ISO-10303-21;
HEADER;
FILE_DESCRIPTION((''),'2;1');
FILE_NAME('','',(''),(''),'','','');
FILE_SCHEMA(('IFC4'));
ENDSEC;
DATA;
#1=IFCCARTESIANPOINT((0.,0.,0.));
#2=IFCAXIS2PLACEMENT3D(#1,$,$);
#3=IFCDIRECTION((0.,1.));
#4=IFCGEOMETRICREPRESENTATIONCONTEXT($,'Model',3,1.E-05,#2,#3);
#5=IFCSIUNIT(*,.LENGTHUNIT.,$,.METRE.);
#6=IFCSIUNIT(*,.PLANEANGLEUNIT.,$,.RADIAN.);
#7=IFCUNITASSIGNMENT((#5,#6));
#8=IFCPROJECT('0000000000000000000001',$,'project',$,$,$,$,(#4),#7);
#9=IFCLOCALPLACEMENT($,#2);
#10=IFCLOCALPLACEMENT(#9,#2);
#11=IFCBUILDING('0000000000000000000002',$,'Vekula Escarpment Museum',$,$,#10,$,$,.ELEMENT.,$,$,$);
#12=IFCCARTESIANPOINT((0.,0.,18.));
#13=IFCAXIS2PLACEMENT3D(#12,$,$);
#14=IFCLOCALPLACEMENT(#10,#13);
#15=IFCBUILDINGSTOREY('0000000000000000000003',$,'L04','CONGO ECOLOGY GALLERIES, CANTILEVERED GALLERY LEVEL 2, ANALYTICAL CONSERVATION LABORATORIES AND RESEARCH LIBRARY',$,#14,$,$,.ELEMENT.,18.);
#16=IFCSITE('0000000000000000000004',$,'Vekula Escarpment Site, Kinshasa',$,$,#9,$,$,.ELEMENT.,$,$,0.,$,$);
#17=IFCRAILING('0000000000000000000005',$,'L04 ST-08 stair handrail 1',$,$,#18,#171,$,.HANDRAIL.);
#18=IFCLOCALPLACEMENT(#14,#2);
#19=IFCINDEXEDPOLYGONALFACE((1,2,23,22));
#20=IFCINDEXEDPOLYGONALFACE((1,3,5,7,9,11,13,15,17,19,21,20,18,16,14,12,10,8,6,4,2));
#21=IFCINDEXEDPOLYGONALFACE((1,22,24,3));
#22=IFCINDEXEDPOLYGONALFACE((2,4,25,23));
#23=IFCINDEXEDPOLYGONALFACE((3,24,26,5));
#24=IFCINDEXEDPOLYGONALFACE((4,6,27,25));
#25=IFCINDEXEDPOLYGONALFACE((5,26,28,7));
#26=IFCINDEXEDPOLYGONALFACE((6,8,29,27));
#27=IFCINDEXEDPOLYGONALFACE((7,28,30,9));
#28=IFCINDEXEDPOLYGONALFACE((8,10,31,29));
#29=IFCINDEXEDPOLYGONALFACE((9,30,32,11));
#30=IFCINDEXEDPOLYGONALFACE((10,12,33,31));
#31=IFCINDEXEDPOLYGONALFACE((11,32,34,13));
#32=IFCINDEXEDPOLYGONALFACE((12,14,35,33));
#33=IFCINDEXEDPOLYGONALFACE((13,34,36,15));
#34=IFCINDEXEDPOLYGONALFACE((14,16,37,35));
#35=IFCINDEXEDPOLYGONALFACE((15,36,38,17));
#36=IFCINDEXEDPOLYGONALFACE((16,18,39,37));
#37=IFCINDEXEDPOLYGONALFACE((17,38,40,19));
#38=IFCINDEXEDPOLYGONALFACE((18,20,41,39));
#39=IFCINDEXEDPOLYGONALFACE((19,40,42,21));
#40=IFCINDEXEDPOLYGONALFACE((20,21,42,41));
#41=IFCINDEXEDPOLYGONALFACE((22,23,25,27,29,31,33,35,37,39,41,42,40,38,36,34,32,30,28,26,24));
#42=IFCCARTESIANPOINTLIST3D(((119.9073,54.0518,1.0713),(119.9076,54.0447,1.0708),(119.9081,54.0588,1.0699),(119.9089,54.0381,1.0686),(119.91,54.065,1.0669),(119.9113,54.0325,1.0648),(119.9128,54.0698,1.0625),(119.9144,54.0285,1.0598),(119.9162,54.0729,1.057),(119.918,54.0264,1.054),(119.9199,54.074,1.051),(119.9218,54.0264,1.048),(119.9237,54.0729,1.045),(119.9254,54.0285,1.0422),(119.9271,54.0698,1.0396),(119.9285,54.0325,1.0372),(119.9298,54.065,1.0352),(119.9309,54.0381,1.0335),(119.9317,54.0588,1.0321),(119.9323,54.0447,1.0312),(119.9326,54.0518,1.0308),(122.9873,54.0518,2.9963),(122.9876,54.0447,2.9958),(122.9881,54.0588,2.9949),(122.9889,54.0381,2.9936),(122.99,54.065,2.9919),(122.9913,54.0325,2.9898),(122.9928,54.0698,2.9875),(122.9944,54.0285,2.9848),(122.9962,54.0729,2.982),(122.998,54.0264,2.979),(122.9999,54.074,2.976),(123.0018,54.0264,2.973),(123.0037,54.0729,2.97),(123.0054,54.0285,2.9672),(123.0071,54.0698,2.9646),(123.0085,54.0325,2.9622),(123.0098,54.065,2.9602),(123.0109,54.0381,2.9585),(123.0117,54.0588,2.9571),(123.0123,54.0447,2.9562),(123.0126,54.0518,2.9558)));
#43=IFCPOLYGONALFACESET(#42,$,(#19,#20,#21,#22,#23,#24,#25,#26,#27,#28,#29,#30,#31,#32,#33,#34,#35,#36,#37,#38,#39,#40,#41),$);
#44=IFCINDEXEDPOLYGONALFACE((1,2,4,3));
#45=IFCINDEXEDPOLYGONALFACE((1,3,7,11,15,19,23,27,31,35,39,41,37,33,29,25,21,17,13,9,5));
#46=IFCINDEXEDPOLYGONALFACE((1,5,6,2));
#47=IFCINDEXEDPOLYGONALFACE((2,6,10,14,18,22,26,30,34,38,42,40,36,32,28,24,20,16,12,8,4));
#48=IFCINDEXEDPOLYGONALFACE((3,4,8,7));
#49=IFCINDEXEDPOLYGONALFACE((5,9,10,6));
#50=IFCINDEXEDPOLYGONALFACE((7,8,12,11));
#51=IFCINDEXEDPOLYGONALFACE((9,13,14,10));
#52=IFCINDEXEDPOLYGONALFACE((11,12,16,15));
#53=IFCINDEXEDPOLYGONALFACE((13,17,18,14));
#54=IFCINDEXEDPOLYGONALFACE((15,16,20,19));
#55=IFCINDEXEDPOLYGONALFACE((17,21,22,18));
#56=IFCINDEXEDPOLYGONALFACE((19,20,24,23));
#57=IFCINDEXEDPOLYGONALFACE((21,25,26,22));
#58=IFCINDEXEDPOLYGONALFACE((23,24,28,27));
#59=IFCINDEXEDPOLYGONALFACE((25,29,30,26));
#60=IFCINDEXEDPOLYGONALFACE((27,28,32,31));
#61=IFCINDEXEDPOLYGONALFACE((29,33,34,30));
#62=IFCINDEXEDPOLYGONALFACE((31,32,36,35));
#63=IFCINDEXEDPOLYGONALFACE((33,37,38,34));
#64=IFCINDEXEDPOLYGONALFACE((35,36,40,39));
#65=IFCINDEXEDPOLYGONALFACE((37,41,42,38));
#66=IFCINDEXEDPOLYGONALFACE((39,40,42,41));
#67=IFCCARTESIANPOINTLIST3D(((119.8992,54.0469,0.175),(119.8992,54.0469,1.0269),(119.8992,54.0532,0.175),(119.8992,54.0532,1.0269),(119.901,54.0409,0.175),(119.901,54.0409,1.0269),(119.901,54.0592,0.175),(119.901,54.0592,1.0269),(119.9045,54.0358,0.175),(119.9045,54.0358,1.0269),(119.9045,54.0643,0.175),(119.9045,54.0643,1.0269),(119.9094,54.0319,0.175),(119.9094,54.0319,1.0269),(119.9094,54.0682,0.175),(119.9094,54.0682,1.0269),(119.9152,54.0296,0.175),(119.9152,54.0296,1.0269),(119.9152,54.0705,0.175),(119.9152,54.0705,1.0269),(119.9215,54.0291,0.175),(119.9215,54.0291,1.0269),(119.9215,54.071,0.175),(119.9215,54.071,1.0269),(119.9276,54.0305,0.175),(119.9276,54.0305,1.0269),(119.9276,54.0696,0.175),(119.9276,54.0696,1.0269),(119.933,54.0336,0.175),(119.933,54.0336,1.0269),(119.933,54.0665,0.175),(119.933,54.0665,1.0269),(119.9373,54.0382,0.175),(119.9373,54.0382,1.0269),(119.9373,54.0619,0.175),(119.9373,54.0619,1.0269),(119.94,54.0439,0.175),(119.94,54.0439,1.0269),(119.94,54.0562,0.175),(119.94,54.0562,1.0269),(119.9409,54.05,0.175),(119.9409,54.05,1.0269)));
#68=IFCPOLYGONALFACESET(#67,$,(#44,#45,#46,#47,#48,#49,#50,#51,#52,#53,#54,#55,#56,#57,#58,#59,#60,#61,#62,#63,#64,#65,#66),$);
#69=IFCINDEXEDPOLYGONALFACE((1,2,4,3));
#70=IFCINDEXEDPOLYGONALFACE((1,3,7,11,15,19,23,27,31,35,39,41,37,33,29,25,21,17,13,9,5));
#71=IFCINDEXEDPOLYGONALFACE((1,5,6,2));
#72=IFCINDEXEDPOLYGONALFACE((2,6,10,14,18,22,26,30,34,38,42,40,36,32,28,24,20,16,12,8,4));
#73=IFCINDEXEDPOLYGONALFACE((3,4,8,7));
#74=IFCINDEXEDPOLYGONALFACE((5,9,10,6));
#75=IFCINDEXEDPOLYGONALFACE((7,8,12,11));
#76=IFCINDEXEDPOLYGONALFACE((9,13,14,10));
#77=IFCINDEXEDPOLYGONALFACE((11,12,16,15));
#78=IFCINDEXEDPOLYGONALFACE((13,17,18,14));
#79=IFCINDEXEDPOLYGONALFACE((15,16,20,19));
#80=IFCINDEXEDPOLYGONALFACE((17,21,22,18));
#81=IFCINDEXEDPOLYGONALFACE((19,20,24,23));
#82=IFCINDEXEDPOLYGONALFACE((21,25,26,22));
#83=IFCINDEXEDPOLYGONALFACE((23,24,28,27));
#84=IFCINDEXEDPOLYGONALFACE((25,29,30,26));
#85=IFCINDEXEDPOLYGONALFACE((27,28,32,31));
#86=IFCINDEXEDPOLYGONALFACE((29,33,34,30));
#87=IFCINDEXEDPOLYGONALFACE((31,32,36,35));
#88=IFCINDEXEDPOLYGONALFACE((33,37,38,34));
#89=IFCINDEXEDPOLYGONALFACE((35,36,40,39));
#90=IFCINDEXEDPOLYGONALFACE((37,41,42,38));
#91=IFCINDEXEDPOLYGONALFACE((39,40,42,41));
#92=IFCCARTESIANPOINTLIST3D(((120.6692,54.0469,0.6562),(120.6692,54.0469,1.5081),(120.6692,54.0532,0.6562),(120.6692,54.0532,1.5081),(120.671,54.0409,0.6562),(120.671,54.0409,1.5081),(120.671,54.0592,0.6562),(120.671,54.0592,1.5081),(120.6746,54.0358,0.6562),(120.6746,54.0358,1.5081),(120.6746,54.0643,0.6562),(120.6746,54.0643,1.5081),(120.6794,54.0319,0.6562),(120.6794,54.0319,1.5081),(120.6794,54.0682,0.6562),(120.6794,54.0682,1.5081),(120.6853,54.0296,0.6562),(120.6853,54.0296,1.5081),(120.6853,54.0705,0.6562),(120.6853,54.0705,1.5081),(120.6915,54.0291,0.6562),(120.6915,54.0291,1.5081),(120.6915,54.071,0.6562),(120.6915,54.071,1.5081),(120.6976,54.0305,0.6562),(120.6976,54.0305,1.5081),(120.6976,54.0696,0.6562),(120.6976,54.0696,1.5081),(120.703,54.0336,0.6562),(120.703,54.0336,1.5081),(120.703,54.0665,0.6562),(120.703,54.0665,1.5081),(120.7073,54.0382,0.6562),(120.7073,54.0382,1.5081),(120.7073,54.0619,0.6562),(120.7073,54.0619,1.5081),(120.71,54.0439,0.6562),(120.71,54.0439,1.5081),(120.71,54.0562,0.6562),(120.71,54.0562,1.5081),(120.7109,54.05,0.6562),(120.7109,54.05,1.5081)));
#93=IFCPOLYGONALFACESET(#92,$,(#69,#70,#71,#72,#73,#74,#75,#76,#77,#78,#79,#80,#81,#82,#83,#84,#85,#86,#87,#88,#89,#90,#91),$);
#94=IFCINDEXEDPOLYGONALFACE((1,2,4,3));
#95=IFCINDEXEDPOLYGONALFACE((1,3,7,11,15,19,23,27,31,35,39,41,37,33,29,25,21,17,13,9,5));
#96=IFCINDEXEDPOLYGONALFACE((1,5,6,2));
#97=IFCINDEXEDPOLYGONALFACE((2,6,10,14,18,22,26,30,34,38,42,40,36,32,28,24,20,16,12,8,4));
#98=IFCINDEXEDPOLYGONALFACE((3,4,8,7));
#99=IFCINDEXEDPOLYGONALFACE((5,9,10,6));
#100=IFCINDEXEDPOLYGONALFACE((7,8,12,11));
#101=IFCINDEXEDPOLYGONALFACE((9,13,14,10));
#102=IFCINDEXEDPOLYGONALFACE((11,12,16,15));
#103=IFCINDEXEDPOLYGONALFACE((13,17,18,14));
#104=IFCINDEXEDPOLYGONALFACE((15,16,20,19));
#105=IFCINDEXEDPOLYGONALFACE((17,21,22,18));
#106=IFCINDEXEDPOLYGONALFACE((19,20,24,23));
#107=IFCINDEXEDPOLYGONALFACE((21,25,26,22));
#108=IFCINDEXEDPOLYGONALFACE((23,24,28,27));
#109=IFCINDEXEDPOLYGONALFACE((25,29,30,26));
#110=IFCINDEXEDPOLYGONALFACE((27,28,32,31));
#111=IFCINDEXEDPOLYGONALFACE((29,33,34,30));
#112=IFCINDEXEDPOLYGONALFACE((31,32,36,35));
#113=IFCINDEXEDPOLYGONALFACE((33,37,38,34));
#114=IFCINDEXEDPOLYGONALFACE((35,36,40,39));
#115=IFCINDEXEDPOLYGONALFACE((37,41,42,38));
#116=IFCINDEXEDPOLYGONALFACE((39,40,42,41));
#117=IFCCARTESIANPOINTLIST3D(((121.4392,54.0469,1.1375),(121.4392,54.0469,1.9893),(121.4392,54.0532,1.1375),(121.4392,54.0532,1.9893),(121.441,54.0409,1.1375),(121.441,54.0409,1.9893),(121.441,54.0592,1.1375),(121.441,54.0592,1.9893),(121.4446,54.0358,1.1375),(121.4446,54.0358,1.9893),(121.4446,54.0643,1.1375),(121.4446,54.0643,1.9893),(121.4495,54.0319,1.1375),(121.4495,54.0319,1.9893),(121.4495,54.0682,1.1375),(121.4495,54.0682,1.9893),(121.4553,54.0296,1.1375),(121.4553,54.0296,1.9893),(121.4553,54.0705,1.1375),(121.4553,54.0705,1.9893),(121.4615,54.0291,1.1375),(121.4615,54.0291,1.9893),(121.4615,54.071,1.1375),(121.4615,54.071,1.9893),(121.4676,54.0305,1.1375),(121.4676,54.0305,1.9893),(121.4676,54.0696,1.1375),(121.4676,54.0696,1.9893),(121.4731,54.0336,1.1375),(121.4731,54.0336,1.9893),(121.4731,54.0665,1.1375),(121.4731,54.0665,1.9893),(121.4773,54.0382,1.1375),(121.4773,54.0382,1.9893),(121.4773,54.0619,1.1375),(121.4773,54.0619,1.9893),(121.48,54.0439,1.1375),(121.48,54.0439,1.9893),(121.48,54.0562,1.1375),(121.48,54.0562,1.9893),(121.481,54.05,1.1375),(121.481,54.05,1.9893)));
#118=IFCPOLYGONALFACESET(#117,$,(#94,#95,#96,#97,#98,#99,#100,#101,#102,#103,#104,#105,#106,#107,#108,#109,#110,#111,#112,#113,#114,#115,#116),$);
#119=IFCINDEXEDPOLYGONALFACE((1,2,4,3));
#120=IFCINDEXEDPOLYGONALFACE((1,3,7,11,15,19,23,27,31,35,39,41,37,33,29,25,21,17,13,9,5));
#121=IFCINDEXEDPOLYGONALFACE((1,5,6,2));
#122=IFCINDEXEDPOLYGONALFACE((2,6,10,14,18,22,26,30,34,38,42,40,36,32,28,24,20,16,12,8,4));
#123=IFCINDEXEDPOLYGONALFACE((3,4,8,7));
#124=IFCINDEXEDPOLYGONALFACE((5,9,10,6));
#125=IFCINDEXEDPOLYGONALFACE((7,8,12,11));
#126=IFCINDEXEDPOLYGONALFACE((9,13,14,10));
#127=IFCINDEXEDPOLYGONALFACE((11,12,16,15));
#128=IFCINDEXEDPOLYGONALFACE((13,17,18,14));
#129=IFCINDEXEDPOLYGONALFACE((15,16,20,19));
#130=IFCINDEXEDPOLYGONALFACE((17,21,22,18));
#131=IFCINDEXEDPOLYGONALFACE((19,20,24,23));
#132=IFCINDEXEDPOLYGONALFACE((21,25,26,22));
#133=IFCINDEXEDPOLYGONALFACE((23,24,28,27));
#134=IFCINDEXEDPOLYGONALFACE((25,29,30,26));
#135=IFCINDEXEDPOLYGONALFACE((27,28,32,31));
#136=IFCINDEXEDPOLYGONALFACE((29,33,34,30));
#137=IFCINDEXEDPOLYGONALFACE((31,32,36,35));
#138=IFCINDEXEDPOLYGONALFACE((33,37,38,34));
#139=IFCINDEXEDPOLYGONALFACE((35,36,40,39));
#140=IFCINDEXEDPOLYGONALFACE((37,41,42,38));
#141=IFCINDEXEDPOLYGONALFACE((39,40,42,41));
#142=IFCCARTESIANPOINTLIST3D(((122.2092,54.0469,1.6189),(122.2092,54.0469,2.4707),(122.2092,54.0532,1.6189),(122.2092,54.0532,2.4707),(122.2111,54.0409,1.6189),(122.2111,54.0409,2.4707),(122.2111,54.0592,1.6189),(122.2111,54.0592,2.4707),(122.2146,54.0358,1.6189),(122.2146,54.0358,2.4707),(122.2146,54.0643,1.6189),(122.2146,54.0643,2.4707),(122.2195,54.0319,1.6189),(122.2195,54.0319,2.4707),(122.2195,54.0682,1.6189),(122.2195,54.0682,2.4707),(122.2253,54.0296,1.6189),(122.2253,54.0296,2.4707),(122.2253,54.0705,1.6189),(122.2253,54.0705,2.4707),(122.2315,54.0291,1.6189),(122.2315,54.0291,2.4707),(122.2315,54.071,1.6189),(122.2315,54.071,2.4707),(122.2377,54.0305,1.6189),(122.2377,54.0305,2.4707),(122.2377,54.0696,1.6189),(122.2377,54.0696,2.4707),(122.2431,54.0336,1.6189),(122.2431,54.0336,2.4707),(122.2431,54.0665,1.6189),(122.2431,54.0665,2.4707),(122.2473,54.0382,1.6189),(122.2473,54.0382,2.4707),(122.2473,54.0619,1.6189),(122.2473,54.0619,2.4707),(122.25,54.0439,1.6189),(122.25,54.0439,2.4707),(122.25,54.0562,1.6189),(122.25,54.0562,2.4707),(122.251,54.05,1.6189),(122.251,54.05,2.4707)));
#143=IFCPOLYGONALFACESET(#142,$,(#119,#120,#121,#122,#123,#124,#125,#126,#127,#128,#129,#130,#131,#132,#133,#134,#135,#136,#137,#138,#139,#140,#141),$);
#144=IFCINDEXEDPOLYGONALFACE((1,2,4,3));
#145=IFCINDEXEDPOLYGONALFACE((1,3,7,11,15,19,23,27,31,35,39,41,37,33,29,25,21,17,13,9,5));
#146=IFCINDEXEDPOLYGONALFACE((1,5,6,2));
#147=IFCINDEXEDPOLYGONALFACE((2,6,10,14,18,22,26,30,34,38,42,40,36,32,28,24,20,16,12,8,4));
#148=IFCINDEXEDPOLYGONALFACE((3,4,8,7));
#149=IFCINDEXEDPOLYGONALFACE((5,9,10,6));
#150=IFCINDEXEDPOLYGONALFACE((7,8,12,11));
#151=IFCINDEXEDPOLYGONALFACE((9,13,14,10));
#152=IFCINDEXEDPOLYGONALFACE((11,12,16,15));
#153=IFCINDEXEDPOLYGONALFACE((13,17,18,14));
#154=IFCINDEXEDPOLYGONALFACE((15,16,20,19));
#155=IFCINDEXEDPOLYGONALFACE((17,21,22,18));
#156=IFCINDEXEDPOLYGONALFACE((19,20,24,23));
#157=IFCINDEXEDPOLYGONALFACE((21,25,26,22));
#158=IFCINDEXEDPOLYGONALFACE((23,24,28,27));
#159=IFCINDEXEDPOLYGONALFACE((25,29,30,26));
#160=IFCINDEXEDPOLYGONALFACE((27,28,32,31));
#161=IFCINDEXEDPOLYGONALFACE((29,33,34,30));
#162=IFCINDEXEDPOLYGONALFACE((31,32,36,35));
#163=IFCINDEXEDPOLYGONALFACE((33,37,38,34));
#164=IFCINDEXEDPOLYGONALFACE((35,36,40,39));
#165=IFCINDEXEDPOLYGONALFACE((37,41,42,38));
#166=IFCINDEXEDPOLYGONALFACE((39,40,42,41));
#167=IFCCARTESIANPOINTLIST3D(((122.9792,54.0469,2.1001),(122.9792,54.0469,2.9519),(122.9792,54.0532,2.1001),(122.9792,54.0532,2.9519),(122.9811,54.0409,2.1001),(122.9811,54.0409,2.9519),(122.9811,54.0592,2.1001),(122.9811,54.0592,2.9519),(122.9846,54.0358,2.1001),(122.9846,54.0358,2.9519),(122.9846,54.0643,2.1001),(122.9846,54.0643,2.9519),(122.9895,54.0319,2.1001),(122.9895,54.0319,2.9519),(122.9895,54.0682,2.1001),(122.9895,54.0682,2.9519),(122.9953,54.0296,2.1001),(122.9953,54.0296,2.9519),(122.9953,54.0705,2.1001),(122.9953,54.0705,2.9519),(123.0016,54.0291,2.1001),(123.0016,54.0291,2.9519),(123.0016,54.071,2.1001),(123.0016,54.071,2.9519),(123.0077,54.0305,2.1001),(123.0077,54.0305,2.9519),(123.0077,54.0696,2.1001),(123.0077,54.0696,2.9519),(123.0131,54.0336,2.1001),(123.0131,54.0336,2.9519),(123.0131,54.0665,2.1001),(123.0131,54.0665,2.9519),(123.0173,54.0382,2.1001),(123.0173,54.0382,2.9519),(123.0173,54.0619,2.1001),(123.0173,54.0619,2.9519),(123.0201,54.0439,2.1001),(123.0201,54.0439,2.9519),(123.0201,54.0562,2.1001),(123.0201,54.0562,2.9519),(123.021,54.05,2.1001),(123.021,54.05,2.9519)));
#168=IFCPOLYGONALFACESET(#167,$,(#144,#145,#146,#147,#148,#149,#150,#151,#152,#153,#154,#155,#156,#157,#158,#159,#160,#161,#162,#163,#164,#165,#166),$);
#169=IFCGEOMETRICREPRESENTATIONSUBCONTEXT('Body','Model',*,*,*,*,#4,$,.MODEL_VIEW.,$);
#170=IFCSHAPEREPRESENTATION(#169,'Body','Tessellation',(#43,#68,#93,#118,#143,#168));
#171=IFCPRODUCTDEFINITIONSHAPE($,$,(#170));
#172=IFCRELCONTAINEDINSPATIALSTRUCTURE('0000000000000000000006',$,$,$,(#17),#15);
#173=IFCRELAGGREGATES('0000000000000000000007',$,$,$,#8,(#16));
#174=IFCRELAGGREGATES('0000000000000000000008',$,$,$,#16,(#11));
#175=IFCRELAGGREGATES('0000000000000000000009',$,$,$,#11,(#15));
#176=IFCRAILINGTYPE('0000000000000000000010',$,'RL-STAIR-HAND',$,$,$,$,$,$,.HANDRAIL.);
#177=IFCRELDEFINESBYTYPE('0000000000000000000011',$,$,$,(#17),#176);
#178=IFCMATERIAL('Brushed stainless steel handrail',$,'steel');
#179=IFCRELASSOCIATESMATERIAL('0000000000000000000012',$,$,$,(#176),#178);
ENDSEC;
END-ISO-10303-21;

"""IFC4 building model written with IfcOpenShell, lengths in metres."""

from ifc_helpers import new_model, si_unit, direction, frame, origin, origin_2d, place, context, subcontext, project, spatial, circle, extrude, material, type_object, element, save


model = new_model("IFC4")

# Units and contexts
model_context = context("Model", 3, precision=1e-05, world=origin(), true_north=direction((0.0, 1.0)))
body_context = subcontext(model_context, "Body", "Model", "MODEL_VIEW")
ifc_project = project(units=[si_unit("LENGTHUNIT", "METRE"), si_unit("PLANEANGLEUNIT", "RADIAN")], contexts=[model_context])

# Site, building, storey
site_placement = place(None, origin())
site = spatial("IfcSite", under=ifc_project, at=site_placement, Name="Vekula Escarpment Site, Kinshasa", CompositionType="ELEMENT", RefElevation=0.0)
building_placement = place(site_placement, origin())
building = spatial("IfcBuilding", under=site, at=building_placement, Name="Vekula Escarpment Museum", CompositionType="ELEMENT")
storey_placement = place(building_placement, frame((0.0, 0.0, 18.0)))
storey = spatial("IfcBuildingStorey", under=building, at=storey_placement, Name="L04", Description="CONGO ECOLOGY GALLERIES, CANTILEVERED GALLERY LEVEL 2, ANALYTICAL CONSERVATION LABORATORIES AND RESEARCH LIBRARY", CompositionType="ELEMENT", Elevation=18.0)

# Railing
ifc_material_1 = material(Name="Brushed stainless steel handrail", Category="steel")
railing_type = type_object("IfcRailingType", Name="RL-STAIR-HAND", PredefinedType="HANDRAIL", material=ifc_material_1)
railing_placement = place(storey_placement, frame((119.9199, 54.05, 0.175)))
element("IfcRailing", 1, at=railing_placement, inside=storey, type_object=railing_type, Name="L04 ST-08 stair handrail 1", PredefinedType="HANDRAIL", context=body_context, shape_type="SweptSolid", body=[
    extrude(circle(Radius=0.0239, at=origin_2d()), frame((0.0, 0.0, 0.876), z_axis=(0.847998, 0.0, 0.529999), x_axis=(0.0, 1.0, 0.0)), (0.0, 0.0, 1.0), 3.6321),
    extrude(circle(Radius=0.021, at=origin_2d()), origin(), (0.0, 0.0, 1.0), 0.8518),
    extrude(circle(Radius=0.021, at=origin_2d()), frame((0.77, 0.0, 0.4812)), (0.0, 0.0, 1.0), 0.8518),
    extrude(circle(Radius=0.021, at=origin_2d()), frame((1.54, 0.0, 0.9624)), (0.0, 0.0, 1.0), 0.8518),
    extrude(circle(Radius=0.021, at=origin_2d()), frame((2.3101, 0.0, 1.4438)), (0.0, 0.0, 1.0), 0.8518),
    extrude(circle(Radius=0.021, at=origin_2d()), frame((3.0801, 0.0, 1.925)), (0.0, 0.0, 1.0), 0.8518),
])

save(model, "model.ifc")
